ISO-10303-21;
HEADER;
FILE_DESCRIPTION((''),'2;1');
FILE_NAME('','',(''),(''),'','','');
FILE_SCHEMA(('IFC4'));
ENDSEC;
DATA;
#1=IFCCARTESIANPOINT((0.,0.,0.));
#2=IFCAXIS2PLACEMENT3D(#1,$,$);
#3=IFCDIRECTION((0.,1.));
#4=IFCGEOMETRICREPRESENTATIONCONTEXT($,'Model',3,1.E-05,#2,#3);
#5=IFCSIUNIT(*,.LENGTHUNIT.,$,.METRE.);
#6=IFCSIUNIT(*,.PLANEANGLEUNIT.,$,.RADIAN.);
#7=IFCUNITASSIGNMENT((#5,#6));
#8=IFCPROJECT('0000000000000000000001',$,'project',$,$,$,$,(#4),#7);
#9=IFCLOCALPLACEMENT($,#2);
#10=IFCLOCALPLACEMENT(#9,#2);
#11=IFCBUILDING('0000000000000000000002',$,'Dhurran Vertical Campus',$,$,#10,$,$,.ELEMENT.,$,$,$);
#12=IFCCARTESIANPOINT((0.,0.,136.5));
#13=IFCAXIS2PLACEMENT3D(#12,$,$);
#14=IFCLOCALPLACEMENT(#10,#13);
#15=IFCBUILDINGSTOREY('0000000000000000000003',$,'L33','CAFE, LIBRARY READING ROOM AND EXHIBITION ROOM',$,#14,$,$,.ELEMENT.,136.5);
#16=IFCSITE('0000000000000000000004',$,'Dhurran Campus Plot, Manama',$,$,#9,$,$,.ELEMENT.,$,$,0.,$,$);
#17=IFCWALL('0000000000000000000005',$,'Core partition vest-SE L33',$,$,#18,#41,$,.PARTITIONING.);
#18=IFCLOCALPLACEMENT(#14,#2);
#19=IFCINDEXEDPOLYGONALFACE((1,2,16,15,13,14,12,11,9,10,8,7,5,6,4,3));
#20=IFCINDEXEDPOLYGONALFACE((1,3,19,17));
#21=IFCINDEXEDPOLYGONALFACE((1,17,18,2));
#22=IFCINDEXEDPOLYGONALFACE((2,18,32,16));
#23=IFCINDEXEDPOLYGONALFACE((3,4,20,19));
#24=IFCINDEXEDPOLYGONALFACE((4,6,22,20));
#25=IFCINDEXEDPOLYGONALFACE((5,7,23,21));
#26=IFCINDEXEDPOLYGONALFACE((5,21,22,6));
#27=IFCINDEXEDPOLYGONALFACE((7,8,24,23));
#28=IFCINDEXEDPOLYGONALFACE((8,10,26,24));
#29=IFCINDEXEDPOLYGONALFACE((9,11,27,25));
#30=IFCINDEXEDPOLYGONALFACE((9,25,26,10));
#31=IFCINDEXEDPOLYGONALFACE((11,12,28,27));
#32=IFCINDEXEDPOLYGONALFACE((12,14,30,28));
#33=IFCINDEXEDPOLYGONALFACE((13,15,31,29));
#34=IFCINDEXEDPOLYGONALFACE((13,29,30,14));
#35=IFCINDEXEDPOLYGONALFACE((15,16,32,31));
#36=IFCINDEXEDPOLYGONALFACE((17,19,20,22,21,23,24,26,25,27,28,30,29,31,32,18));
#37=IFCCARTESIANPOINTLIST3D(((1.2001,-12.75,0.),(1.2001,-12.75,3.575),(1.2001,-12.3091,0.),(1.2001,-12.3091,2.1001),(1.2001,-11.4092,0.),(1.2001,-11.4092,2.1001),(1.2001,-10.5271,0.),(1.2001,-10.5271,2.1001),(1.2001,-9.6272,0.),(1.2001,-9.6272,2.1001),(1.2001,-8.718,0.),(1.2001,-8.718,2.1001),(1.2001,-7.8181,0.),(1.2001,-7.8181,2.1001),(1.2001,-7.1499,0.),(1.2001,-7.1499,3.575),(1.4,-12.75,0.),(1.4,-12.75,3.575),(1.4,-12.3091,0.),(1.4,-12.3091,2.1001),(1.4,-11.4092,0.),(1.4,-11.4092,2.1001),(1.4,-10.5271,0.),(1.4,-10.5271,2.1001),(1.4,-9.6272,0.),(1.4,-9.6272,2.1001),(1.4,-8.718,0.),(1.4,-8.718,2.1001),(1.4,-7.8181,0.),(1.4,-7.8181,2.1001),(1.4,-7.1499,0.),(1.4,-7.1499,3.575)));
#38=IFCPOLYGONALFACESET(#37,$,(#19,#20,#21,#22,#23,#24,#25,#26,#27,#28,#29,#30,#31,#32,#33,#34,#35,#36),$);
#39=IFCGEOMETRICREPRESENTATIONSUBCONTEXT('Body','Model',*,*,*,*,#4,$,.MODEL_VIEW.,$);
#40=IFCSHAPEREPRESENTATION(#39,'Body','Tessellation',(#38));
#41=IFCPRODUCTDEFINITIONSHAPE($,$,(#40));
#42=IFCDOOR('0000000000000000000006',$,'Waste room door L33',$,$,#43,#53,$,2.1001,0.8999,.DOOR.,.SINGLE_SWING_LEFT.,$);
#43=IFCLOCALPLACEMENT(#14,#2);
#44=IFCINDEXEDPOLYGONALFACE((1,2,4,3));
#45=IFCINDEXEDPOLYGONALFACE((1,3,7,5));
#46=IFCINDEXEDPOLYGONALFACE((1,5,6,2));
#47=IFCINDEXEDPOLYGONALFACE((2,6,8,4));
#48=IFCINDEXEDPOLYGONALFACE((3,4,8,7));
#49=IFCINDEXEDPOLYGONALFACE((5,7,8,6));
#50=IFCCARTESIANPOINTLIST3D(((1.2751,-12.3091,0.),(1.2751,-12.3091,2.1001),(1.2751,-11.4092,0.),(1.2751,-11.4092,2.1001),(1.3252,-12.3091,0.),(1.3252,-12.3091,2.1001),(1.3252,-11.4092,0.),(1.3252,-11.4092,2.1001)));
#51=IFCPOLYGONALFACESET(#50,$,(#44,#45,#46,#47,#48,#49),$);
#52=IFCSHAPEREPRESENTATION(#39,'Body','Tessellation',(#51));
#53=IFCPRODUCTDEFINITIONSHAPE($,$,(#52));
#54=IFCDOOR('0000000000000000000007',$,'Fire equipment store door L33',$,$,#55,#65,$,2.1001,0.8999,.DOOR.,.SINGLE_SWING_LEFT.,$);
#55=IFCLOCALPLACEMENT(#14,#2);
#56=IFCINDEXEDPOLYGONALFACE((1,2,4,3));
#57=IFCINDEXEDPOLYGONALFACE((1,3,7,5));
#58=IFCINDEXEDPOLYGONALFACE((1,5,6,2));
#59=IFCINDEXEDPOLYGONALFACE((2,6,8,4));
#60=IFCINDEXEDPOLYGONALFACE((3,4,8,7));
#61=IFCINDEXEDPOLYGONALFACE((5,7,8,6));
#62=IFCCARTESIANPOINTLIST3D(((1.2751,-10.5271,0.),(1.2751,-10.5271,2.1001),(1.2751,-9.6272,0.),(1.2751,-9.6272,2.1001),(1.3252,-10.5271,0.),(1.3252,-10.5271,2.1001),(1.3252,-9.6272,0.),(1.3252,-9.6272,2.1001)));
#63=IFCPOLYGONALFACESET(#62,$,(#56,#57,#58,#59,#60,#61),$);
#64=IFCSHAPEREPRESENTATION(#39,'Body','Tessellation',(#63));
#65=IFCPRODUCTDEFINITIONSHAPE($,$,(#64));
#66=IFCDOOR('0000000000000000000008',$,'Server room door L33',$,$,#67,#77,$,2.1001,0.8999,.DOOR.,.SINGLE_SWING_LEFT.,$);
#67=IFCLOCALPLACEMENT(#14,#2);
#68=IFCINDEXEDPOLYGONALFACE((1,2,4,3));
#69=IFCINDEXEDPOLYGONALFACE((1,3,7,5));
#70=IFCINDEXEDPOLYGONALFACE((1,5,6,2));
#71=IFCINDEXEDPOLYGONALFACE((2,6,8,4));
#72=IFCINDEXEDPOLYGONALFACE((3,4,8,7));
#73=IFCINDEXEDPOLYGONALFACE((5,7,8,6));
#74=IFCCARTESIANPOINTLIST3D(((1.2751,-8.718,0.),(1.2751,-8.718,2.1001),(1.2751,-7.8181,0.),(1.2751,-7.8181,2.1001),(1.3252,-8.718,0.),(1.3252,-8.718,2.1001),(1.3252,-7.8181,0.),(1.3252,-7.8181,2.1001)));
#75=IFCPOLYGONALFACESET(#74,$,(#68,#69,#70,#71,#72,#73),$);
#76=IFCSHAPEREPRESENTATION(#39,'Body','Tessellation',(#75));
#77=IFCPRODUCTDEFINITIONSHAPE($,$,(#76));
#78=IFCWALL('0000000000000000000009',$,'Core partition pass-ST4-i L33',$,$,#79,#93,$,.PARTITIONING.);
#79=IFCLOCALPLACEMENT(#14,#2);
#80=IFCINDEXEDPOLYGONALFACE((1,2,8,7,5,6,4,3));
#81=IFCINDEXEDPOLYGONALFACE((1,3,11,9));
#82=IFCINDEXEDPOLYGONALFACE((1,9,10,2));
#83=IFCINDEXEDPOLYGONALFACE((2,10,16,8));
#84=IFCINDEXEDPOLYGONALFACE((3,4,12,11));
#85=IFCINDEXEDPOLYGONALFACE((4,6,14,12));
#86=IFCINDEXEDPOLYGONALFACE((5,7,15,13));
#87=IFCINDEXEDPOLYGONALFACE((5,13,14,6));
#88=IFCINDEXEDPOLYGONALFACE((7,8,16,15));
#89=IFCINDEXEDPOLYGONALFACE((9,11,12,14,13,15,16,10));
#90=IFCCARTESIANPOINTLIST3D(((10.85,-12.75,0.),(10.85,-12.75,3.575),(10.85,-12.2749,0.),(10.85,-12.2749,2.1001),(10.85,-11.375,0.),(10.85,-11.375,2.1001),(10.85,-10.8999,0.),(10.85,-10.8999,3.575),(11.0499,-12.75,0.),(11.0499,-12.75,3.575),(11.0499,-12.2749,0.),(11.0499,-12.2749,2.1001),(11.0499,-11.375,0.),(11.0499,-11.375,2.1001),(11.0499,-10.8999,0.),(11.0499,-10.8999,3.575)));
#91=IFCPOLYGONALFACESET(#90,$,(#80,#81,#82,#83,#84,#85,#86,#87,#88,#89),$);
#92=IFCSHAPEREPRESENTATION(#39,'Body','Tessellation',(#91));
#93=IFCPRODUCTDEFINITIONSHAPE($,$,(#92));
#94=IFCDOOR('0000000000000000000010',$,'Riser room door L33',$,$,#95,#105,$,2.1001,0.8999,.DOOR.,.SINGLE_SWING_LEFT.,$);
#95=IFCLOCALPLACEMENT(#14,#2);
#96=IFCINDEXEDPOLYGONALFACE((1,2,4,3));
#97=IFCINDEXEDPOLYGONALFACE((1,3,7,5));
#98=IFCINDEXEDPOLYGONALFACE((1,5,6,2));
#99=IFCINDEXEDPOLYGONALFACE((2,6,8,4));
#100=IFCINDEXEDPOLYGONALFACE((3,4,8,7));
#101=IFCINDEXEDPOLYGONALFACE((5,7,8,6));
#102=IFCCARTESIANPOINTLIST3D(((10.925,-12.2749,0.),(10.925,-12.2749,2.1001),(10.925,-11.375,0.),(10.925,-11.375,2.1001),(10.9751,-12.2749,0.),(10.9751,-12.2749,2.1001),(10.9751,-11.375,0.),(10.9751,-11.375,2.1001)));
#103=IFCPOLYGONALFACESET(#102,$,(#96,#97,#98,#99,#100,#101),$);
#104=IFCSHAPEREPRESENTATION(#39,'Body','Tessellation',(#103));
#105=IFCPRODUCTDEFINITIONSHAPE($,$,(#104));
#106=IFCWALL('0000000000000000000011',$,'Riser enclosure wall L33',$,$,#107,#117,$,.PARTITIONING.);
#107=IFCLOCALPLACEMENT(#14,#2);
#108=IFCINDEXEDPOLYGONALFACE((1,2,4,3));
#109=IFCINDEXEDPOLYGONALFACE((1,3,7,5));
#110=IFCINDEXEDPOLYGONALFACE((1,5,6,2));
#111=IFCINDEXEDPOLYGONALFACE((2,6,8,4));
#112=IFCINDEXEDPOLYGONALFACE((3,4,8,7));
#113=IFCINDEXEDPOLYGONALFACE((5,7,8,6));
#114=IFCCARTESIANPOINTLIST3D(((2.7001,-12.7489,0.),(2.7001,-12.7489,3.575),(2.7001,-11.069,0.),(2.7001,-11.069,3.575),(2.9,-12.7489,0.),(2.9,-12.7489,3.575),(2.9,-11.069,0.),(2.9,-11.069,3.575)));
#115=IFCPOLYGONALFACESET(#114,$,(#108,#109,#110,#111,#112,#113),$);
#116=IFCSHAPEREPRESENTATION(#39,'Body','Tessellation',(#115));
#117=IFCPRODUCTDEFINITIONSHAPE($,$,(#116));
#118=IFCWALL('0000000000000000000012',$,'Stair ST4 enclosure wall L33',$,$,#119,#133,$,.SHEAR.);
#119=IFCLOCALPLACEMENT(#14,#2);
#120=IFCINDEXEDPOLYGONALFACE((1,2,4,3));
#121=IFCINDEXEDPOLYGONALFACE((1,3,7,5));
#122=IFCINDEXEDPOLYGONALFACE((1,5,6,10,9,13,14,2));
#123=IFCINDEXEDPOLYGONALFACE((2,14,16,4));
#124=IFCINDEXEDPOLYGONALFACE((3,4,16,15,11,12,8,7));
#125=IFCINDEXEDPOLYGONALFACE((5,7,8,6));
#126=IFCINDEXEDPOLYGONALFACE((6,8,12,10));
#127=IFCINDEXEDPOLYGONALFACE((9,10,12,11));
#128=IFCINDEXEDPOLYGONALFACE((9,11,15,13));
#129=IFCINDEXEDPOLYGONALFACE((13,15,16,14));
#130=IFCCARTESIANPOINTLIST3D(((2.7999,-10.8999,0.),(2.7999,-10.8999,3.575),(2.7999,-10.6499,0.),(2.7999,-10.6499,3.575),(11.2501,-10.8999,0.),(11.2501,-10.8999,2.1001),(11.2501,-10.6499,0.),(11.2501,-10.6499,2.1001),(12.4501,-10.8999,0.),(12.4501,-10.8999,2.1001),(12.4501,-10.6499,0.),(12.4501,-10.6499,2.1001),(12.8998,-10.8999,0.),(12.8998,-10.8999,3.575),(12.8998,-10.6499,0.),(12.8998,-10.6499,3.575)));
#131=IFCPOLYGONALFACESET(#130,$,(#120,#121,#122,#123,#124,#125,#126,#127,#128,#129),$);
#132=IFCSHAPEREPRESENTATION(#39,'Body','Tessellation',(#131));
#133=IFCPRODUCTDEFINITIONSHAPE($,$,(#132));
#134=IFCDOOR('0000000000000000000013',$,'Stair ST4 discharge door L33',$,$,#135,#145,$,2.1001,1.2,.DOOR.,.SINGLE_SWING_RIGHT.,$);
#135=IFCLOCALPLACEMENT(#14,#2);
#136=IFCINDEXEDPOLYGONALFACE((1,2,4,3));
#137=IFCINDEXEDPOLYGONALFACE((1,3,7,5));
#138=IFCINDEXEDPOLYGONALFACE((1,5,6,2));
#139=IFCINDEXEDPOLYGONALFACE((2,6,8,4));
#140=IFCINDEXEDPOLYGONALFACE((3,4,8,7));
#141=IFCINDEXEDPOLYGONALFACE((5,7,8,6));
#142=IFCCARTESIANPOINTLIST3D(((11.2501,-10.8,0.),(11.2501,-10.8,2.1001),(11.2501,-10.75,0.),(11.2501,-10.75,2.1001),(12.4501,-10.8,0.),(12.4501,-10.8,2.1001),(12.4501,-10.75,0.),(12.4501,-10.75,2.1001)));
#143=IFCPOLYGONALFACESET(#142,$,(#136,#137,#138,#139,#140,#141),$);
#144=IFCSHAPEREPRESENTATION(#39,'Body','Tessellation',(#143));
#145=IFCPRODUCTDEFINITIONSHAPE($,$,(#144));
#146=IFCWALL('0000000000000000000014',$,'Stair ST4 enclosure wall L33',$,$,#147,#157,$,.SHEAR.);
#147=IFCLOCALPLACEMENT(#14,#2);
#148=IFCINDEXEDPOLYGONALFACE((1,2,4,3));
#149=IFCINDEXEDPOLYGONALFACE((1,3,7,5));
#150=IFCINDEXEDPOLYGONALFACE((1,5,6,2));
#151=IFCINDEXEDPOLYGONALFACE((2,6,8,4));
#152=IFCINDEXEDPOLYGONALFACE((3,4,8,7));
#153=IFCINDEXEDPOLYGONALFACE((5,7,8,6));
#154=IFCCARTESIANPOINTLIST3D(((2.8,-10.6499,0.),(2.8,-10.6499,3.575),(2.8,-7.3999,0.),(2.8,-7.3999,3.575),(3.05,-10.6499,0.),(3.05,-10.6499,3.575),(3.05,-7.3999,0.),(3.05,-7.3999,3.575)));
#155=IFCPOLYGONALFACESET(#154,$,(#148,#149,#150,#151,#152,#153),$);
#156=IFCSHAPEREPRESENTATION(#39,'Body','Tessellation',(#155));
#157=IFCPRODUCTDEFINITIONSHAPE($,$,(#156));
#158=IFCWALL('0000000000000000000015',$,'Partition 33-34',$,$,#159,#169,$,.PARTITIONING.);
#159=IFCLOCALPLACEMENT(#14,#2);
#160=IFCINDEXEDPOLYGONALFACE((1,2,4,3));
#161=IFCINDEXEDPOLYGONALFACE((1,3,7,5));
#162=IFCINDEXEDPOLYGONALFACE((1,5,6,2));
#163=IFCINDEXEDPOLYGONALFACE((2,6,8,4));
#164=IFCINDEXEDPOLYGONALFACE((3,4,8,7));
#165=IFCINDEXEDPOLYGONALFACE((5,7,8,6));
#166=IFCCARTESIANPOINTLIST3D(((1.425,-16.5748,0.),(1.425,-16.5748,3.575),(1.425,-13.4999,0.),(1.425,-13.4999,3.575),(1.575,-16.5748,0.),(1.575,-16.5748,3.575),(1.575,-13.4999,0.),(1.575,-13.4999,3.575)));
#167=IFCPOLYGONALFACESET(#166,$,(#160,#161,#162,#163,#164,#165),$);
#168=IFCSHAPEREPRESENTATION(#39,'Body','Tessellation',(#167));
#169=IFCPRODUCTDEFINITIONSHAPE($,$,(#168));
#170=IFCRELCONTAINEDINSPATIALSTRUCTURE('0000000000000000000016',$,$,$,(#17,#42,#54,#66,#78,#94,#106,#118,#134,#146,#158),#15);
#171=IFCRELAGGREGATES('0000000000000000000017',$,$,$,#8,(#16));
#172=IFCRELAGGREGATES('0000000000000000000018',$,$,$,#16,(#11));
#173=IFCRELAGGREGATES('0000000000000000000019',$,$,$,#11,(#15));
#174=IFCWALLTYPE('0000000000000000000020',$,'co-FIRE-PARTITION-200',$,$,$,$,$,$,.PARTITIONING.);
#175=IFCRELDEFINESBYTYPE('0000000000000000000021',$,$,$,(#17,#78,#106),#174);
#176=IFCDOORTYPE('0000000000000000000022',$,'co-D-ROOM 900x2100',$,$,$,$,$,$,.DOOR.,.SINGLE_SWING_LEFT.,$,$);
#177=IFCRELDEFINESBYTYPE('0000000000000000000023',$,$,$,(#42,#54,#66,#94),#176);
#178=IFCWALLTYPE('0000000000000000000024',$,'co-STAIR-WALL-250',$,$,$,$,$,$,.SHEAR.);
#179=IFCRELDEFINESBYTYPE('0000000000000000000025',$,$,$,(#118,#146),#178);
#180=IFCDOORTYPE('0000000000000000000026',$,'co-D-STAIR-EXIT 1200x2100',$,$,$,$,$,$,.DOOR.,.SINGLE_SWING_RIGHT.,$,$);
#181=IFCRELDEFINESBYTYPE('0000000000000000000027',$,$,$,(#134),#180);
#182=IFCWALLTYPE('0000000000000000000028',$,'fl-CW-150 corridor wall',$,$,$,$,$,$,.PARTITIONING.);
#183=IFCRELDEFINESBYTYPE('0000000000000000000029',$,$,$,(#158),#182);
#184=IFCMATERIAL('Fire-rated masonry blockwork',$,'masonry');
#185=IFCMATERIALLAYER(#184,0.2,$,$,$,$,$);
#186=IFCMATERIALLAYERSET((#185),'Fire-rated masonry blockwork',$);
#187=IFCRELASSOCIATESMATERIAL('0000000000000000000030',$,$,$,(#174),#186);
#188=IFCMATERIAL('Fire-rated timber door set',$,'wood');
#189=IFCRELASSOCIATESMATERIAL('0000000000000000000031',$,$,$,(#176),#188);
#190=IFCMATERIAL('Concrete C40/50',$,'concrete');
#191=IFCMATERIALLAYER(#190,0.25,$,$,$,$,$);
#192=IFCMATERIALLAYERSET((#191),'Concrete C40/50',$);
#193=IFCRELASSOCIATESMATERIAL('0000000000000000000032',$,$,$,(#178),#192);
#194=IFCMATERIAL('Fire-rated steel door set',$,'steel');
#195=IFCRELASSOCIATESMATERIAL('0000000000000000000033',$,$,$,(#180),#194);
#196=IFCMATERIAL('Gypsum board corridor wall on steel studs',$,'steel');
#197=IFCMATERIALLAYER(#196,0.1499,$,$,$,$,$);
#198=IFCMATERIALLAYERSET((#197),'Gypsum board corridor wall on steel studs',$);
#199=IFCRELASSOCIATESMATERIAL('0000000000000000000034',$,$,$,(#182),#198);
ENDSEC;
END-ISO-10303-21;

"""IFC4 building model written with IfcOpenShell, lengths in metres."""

from ifc_helpers import new_model, si_unit, direction, frame, frame_2d, origin, place, context, subcontext, project, spatial, rectangle, extrude, material, layer, layer_set, type_object, element, fill, save


model = new_model("IFC4")

# Units and contexts
model_context = context("Model", 3, precision=1e-05, world=origin(), true_north=direction((0.0, 1.0)))
body_context = subcontext(model_context, "Body", "Model", "MODEL_VIEW")
ifc_project = project(units=[si_unit("LENGTHUNIT", "METRE"), si_unit("PLANEANGLEUNIT", "RADIAN")], contexts=[model_context])

# Site, building, storey
site_placement = place(None, origin())
site = spatial("IfcSite", under=ifc_project, at=site_placement, Name="Dhurran Campus Plot, Manama", CompositionType="ELEMENT", RefElevation=0.0)
building_placement = place(site_placement, origin())
building = spatial("IfcBuilding", under=site, at=building_placement, Name="Dhurran Vertical Campus", CompositionType="ELEMENT")
storey_placement = place(building_placement, frame((0.0, 0.0, 136.5)))
storey = spatial("IfcBuildingStorey", under=building, at=storey_placement, Name="L33", Description="CAFE, LIBRARY READING ROOM AND EXHIBITION ROOM", CompositionType="ELEMENT", Elevation=136.5)

# Shared definitions
ifc_material_1 = material(Name="Fire-rated masonry blockwork", Category="masonry")
ifc_layer_1 = layer(ifc_material_1, 0.2)
ifc_layer_set_1 = layer_set([ifc_layer_1], Name="Fire-rated masonry blockwork")
wall_type_1 = type_object("IfcWallType", Name="co-FIRE-PARTITION-200", PredefinedType="PARTITIONING", material=ifc_layer_set_1)

# Wall, openings, doors
wall_1_placement = place(storey_placement, frame((1.3, -12.75, 0.0), z_axis=(0.0, 0.0, 1.0), x_axis=(0.0, 1.0, 0.0)))
wall_1 = element("IfcWall", 1, at=wall_1_placement, inside=storey, type_object=wall_type_1, Name="Core partition vest-SE L33", PredefinedType="PARTITIONING", context=body_context, shape_type="SweptSolid", body=[
    extrude(rectangle(XDim=5.6001, YDim=0.2, at=frame_2d((2.8, 0.0))), origin(), (0.0, 0.0, 1.0), 3.575),
])
opening_1_placement = place(wall_1_placement, frame((0.4409, 0.0, 0.0)))
opening_1 = element("IfcOpeningElement", 2, at=opening_1_placement, cuts=wall_1, PredefinedType="OPENING", context=body_context, shape_type="SweptSolid", body=[
    extrude(rectangle(XDim=0.8999, YDim=2.1001, at=frame_2d((0.45, 1.05))), frame((0.0, 0.1099, 0.0), z_axis=(0.0, -1.0, 0.0), x_axis=(1.0, 0.0, 0.0)), (0.0, 0.0, 1.0), 0.22),
])
opening_2_placement = place(wall_1_placement, frame((2.2229, 0.0, 0.0)))
opening_2 = element("IfcOpeningElement", 3, at=opening_2_placement, cuts=wall_1, PredefinedType="OPENING", context=body_context, shape_type="SweptSolid", body=[
    extrude(rectangle(XDim=0.8999, YDim=2.1001, at=frame_2d((0.45, 1.05))), frame((0.0, 0.1099, 0.0), z_axis=(0.0, -1.0, 0.0), x_axis=(1.0, 0.0, 0.0)), (0.0, 0.0, 1.0), 0.22),
])
opening_3_placement = place(wall_1_placement, frame((4.032, 0.0, 0.0)))
opening_3 = element("IfcOpeningElement", 4, at=opening_3_placement, cuts=wall_1, PredefinedType="OPENING", context=body_context, shape_type="SweptSolid", body=[
    extrude(rectangle(XDim=0.8999, YDim=2.1001, at=frame_2d((0.45, 1.05))), frame((0.0, 0.1099, 0.0), z_axis=(0.0, -1.0, 0.0), x_axis=(1.0, 0.0, 0.0)), (0.0, 0.0, 1.0), 0.22),
])
ifc_material_2 = material(Name="Fire-rated timber door set", Category="wood")
door_type_1 = type_object("IfcDoorType", Name="co-D-ROOM 900x2100", OperationType="SINGLE_SWING_LEFT", PredefinedType="DOOR", material=ifc_material_2)
door_1_placement = place(opening_1_placement, origin())
door_1 = element("IfcDoor", 5, at=door_1_placement, inside=storey, type_object=door_type_1, Name="Waste room door L33", OperationType="SINGLE_SWING_LEFT", OverallHeight=2.1001, OverallWidth=0.8999, PredefinedType="DOOR", context=body_context, shape_type="SweptSolid", body=[
    extrude(rectangle(XDim=0.8999, YDim=2.1001, at=frame_2d((0.45, 1.05))), frame((0.0, 0.0249, 0.0), z_axis=(0.0, -1.0, 0.0), x_axis=(1.0, 0.0, 0.0)), (0.0, 0.0, 1.0), 0.05),
])
fill(opening_1, door_1)
door_2_placement = place(opening_2_placement, origin())
door_2 = element("IfcDoor", 6, at=door_2_placement, inside=storey, type_object=door_type_1, Name="Fire equipment store door L33", OperationType="SINGLE_SWING_LEFT", OverallHeight=2.1001, OverallWidth=0.8999, PredefinedType="DOOR", context=body_context, shape_type="SweptSolid", body=[
    extrude(rectangle(XDim=0.8999, YDim=2.1001, at=frame_2d((0.45, 1.05))), frame((0.0, 0.0249, 0.0), z_axis=(0.0, -1.0, 0.0), x_axis=(1.0, 0.0, 0.0)), (0.0, 0.0, 1.0), 0.05),
])
fill(opening_2, door_2)
door_3_placement = place(opening_3_placement, origin())
door_3 = element("IfcDoor", 7, at=door_3_placement, inside=storey, type_object=door_type_1, Name="Server room door L33", OperationType="SINGLE_SWING_LEFT", OverallHeight=2.1001, OverallWidth=0.8999, PredefinedType="DOOR", context=body_context, shape_type="SweptSolid", body=[
    extrude(rectangle(XDim=0.8999, YDim=2.1001, at=frame_2d((0.45, 1.05))), frame((0.0, 0.0249, 0.0), z_axis=(0.0, -1.0, 0.0), x_axis=(1.0, 0.0, 0.0)), (0.0, 0.0, 1.0), 0.05),
])
fill(opening_3, door_3)

# Wall, opening, door
wall_2_placement = place(storey_placement, frame((10.95, -12.75, 0.0), z_axis=(0.0, 0.0, 1.0), x_axis=(0.0, 1.0, 0.0)))
wall_2 = element("IfcWall", 8, at=wall_2_placement, inside=storey, type_object=wall_type_1, Name="Core partition pass-ST4-i L33", PredefinedType="PARTITIONING", context=body_context, shape_type="SweptSolid", body=[
    extrude(rectangle(XDim=1.8501, YDim=0.2, at=frame_2d((0.925, 0.0))), origin(), (0.0, 0.0, 1.0), 3.575),
])
opening_4_placement = place(wall_2_placement, frame((0.4751, 0.0, 0.0)))
opening_4 = element("IfcOpeningElement", 9, at=opening_4_placement, cuts=wall_2, PredefinedType="OPENING", context=body_context, shape_type="SweptSolid", body=[
    extrude(rectangle(XDim=0.8999, YDim=2.1001, at=frame_2d((0.45, 1.05))), frame((0.0, 0.1099, 0.0), z_axis=(0.0, -1.0, 0.0), x_axis=(1.0, 0.0, 0.0)), (0.0, 0.0, 1.0), 0.22),
])
door_4_placement = place(opening_4_placement, origin())
door_4 = element("IfcDoor", 10, at=door_4_placement, inside=storey, type_object=door_type_1, Name="Riser room door L33", OperationType="SINGLE_SWING_LEFT", OverallHeight=2.1001, OverallWidth=0.8999, PredefinedType="DOOR", context=body_context, shape_type="SweptSolid", body=[
    extrude(rectangle(XDim=0.8999, YDim=2.1001, at=frame_2d((0.45, 1.05))), frame((0.0, 0.0249, 0.0), z_axis=(0.0, -1.0, 0.0), x_axis=(1.0, 0.0, 0.0)), (0.0, 0.0, 1.0), 0.05),
])
fill(opening_4, door_4)

# Wall
wall_3_placement = place(storey_placement, frame((2.8, -11.0691, 0.0), z_axis=(0.0, 0.0, 1.0), x_axis=(0.0, -1.0, 0.0)))
element("IfcWall", 11, at=wall_3_placement, inside=storey, type_object=wall_type_1, Name="Riser enclosure wall L33", PredefinedType="PARTITIONING", context=body_context, shape_type="SweptSolid", body=[
    extrude(rectangle(XDim=1.6799, YDim=0.2, at=frame_2d((0.8398, 0.0))), origin(), (0.0, 0.0, 1.0), 3.575),
])

# Wall, opening, door
ifc_material_3 = material(Name="Concrete C40/50", Category="concrete")
ifc_layer_2 = layer(ifc_material_3, 0.25)
ifc_layer_set_2 = layer_set([ifc_layer_2], Name="Concrete C40/50")
wall_type_2 = type_object("IfcWallType", Name="co-STAIR-WALL-250", PredefinedType="SHEAR", material=ifc_layer_set_2)
wall_4_placement = place(storey_placement, frame((2.8, -10.7749, 0.0), z_axis=(0.0, 0.0, 1.0), x_axis=(1.0, 0.0, 0.0)))
wall_4 = element("IfcWall", 12, at=wall_4_placement, inside=storey, type_object=wall_type_2, Name="Stair ST4 enclosure wall L33", PredefinedType="SHEAR", context=body_context, shape_type="SweptSolid", body=[
    extrude(rectangle(XDim=10.0999, YDim=0.25, at=frame_2d((5.0498, 0.0))), origin(), (0.0, 0.0, 1.0), 3.575),
])
opening_5_placement = place(wall_4_placement, frame((8.45, 0.0, 0.0)))
opening_5 = element("IfcOpeningElement", 13, at=opening_5_placement, cuts=wall_4, PredefinedType="OPENING", context=body_context, shape_type="SweptSolid", body=[
    extrude(rectangle(XDim=1.2, YDim=2.1001, at=frame_2d((0.6001, 1.05))), frame((0.0, 0.135, 0.0), z_axis=(0.0, -1.0, 0.0), x_axis=(1.0, 0.0, 0.0)), (0.0, 0.0, 1.0), 0.27),
])
ifc_material_4 = material(Name="Fire-rated steel door set", Category="steel")
door_type_2 = type_object("IfcDoorType", Name="co-D-STAIR-EXIT 1200x2100", OperationType="SINGLE_SWING_RIGHT", PredefinedType="DOOR", material=ifc_material_4)
door_5_placement = place(opening_5_placement, origin())
door_5 = element("IfcDoor", 14, at=door_5_placement, inside=storey, type_object=door_type_2, Name="Stair ST4 discharge door L33", OperationType="SINGLE_SWING_RIGHT", OverallHeight=2.1001, OverallWidth=1.2, PredefinedType="DOOR", context=body_context, shape_type="SweptSolid", body=[
    extrude(rectangle(XDim=1.2, YDim=2.1001, at=frame_2d((0.6001, 1.05))), frame((0.0, 0.0249, 0.0), z_axis=(0.0, -1.0, 0.0), x_axis=(1.0, 0.0, 0.0)), (0.0, 0.0, 1.0), 0.05),
])
fill(opening_5, door_5)

# Walls
wall_5_placement = place(storey_placement, frame((2.925, -10.6499, 0.0), z_axis=(0.0, 0.0, 1.0), x_axis=(0.0, 1.0, 0.0)))
element("IfcWall", 15, at=wall_5_placement, inside=storey, type_object=wall_type_2, Name="Stair ST4 enclosure wall L33", PredefinedType="SHEAR", context=body_context, shape_type="SweptSolid", body=[
    extrude(rectangle(XDim=3.25, YDim=0.25, at=frame_2d((1.625, 0.0))), origin(), (0.0, 0.0, 1.0), 3.575),
])
ifc_material_5 = material(Name="Gypsum board corridor wall on steel studs", Category="steel")
ifc_layer_3 = layer(ifc_material_5, 0.1499)
ifc_layer_set_3 = layer_set([ifc_layer_3], Name="Gypsum board corridor wall on steel studs")
wall_type_3 = type_object("IfcWallType", Name="fl-CW-150 corridor wall", PredefinedType="PARTITIONING", material=ifc_layer_set_3)
wall_6_placement = place(storey_placement, frame((1.5, -16.575, 0.0), z_axis=(0.0, 0.0, 1.0), x_axis=(0.0, 1.0, 0.0)))
element("IfcWall", 16, at=wall_6_placement, inside=storey, type_object=wall_type_3, Name="Partition 33-34", PredefinedType="PARTITIONING", context=body_context, shape_type="SweptSolid", body=[
    extrude(rectangle(XDim=3.075, YDim=0.1499, at=frame_2d((1.5376, 0.0))), origin(), (0.0, 0.0, 1.0), 3.575),
])

save(model, "model.ifc")
